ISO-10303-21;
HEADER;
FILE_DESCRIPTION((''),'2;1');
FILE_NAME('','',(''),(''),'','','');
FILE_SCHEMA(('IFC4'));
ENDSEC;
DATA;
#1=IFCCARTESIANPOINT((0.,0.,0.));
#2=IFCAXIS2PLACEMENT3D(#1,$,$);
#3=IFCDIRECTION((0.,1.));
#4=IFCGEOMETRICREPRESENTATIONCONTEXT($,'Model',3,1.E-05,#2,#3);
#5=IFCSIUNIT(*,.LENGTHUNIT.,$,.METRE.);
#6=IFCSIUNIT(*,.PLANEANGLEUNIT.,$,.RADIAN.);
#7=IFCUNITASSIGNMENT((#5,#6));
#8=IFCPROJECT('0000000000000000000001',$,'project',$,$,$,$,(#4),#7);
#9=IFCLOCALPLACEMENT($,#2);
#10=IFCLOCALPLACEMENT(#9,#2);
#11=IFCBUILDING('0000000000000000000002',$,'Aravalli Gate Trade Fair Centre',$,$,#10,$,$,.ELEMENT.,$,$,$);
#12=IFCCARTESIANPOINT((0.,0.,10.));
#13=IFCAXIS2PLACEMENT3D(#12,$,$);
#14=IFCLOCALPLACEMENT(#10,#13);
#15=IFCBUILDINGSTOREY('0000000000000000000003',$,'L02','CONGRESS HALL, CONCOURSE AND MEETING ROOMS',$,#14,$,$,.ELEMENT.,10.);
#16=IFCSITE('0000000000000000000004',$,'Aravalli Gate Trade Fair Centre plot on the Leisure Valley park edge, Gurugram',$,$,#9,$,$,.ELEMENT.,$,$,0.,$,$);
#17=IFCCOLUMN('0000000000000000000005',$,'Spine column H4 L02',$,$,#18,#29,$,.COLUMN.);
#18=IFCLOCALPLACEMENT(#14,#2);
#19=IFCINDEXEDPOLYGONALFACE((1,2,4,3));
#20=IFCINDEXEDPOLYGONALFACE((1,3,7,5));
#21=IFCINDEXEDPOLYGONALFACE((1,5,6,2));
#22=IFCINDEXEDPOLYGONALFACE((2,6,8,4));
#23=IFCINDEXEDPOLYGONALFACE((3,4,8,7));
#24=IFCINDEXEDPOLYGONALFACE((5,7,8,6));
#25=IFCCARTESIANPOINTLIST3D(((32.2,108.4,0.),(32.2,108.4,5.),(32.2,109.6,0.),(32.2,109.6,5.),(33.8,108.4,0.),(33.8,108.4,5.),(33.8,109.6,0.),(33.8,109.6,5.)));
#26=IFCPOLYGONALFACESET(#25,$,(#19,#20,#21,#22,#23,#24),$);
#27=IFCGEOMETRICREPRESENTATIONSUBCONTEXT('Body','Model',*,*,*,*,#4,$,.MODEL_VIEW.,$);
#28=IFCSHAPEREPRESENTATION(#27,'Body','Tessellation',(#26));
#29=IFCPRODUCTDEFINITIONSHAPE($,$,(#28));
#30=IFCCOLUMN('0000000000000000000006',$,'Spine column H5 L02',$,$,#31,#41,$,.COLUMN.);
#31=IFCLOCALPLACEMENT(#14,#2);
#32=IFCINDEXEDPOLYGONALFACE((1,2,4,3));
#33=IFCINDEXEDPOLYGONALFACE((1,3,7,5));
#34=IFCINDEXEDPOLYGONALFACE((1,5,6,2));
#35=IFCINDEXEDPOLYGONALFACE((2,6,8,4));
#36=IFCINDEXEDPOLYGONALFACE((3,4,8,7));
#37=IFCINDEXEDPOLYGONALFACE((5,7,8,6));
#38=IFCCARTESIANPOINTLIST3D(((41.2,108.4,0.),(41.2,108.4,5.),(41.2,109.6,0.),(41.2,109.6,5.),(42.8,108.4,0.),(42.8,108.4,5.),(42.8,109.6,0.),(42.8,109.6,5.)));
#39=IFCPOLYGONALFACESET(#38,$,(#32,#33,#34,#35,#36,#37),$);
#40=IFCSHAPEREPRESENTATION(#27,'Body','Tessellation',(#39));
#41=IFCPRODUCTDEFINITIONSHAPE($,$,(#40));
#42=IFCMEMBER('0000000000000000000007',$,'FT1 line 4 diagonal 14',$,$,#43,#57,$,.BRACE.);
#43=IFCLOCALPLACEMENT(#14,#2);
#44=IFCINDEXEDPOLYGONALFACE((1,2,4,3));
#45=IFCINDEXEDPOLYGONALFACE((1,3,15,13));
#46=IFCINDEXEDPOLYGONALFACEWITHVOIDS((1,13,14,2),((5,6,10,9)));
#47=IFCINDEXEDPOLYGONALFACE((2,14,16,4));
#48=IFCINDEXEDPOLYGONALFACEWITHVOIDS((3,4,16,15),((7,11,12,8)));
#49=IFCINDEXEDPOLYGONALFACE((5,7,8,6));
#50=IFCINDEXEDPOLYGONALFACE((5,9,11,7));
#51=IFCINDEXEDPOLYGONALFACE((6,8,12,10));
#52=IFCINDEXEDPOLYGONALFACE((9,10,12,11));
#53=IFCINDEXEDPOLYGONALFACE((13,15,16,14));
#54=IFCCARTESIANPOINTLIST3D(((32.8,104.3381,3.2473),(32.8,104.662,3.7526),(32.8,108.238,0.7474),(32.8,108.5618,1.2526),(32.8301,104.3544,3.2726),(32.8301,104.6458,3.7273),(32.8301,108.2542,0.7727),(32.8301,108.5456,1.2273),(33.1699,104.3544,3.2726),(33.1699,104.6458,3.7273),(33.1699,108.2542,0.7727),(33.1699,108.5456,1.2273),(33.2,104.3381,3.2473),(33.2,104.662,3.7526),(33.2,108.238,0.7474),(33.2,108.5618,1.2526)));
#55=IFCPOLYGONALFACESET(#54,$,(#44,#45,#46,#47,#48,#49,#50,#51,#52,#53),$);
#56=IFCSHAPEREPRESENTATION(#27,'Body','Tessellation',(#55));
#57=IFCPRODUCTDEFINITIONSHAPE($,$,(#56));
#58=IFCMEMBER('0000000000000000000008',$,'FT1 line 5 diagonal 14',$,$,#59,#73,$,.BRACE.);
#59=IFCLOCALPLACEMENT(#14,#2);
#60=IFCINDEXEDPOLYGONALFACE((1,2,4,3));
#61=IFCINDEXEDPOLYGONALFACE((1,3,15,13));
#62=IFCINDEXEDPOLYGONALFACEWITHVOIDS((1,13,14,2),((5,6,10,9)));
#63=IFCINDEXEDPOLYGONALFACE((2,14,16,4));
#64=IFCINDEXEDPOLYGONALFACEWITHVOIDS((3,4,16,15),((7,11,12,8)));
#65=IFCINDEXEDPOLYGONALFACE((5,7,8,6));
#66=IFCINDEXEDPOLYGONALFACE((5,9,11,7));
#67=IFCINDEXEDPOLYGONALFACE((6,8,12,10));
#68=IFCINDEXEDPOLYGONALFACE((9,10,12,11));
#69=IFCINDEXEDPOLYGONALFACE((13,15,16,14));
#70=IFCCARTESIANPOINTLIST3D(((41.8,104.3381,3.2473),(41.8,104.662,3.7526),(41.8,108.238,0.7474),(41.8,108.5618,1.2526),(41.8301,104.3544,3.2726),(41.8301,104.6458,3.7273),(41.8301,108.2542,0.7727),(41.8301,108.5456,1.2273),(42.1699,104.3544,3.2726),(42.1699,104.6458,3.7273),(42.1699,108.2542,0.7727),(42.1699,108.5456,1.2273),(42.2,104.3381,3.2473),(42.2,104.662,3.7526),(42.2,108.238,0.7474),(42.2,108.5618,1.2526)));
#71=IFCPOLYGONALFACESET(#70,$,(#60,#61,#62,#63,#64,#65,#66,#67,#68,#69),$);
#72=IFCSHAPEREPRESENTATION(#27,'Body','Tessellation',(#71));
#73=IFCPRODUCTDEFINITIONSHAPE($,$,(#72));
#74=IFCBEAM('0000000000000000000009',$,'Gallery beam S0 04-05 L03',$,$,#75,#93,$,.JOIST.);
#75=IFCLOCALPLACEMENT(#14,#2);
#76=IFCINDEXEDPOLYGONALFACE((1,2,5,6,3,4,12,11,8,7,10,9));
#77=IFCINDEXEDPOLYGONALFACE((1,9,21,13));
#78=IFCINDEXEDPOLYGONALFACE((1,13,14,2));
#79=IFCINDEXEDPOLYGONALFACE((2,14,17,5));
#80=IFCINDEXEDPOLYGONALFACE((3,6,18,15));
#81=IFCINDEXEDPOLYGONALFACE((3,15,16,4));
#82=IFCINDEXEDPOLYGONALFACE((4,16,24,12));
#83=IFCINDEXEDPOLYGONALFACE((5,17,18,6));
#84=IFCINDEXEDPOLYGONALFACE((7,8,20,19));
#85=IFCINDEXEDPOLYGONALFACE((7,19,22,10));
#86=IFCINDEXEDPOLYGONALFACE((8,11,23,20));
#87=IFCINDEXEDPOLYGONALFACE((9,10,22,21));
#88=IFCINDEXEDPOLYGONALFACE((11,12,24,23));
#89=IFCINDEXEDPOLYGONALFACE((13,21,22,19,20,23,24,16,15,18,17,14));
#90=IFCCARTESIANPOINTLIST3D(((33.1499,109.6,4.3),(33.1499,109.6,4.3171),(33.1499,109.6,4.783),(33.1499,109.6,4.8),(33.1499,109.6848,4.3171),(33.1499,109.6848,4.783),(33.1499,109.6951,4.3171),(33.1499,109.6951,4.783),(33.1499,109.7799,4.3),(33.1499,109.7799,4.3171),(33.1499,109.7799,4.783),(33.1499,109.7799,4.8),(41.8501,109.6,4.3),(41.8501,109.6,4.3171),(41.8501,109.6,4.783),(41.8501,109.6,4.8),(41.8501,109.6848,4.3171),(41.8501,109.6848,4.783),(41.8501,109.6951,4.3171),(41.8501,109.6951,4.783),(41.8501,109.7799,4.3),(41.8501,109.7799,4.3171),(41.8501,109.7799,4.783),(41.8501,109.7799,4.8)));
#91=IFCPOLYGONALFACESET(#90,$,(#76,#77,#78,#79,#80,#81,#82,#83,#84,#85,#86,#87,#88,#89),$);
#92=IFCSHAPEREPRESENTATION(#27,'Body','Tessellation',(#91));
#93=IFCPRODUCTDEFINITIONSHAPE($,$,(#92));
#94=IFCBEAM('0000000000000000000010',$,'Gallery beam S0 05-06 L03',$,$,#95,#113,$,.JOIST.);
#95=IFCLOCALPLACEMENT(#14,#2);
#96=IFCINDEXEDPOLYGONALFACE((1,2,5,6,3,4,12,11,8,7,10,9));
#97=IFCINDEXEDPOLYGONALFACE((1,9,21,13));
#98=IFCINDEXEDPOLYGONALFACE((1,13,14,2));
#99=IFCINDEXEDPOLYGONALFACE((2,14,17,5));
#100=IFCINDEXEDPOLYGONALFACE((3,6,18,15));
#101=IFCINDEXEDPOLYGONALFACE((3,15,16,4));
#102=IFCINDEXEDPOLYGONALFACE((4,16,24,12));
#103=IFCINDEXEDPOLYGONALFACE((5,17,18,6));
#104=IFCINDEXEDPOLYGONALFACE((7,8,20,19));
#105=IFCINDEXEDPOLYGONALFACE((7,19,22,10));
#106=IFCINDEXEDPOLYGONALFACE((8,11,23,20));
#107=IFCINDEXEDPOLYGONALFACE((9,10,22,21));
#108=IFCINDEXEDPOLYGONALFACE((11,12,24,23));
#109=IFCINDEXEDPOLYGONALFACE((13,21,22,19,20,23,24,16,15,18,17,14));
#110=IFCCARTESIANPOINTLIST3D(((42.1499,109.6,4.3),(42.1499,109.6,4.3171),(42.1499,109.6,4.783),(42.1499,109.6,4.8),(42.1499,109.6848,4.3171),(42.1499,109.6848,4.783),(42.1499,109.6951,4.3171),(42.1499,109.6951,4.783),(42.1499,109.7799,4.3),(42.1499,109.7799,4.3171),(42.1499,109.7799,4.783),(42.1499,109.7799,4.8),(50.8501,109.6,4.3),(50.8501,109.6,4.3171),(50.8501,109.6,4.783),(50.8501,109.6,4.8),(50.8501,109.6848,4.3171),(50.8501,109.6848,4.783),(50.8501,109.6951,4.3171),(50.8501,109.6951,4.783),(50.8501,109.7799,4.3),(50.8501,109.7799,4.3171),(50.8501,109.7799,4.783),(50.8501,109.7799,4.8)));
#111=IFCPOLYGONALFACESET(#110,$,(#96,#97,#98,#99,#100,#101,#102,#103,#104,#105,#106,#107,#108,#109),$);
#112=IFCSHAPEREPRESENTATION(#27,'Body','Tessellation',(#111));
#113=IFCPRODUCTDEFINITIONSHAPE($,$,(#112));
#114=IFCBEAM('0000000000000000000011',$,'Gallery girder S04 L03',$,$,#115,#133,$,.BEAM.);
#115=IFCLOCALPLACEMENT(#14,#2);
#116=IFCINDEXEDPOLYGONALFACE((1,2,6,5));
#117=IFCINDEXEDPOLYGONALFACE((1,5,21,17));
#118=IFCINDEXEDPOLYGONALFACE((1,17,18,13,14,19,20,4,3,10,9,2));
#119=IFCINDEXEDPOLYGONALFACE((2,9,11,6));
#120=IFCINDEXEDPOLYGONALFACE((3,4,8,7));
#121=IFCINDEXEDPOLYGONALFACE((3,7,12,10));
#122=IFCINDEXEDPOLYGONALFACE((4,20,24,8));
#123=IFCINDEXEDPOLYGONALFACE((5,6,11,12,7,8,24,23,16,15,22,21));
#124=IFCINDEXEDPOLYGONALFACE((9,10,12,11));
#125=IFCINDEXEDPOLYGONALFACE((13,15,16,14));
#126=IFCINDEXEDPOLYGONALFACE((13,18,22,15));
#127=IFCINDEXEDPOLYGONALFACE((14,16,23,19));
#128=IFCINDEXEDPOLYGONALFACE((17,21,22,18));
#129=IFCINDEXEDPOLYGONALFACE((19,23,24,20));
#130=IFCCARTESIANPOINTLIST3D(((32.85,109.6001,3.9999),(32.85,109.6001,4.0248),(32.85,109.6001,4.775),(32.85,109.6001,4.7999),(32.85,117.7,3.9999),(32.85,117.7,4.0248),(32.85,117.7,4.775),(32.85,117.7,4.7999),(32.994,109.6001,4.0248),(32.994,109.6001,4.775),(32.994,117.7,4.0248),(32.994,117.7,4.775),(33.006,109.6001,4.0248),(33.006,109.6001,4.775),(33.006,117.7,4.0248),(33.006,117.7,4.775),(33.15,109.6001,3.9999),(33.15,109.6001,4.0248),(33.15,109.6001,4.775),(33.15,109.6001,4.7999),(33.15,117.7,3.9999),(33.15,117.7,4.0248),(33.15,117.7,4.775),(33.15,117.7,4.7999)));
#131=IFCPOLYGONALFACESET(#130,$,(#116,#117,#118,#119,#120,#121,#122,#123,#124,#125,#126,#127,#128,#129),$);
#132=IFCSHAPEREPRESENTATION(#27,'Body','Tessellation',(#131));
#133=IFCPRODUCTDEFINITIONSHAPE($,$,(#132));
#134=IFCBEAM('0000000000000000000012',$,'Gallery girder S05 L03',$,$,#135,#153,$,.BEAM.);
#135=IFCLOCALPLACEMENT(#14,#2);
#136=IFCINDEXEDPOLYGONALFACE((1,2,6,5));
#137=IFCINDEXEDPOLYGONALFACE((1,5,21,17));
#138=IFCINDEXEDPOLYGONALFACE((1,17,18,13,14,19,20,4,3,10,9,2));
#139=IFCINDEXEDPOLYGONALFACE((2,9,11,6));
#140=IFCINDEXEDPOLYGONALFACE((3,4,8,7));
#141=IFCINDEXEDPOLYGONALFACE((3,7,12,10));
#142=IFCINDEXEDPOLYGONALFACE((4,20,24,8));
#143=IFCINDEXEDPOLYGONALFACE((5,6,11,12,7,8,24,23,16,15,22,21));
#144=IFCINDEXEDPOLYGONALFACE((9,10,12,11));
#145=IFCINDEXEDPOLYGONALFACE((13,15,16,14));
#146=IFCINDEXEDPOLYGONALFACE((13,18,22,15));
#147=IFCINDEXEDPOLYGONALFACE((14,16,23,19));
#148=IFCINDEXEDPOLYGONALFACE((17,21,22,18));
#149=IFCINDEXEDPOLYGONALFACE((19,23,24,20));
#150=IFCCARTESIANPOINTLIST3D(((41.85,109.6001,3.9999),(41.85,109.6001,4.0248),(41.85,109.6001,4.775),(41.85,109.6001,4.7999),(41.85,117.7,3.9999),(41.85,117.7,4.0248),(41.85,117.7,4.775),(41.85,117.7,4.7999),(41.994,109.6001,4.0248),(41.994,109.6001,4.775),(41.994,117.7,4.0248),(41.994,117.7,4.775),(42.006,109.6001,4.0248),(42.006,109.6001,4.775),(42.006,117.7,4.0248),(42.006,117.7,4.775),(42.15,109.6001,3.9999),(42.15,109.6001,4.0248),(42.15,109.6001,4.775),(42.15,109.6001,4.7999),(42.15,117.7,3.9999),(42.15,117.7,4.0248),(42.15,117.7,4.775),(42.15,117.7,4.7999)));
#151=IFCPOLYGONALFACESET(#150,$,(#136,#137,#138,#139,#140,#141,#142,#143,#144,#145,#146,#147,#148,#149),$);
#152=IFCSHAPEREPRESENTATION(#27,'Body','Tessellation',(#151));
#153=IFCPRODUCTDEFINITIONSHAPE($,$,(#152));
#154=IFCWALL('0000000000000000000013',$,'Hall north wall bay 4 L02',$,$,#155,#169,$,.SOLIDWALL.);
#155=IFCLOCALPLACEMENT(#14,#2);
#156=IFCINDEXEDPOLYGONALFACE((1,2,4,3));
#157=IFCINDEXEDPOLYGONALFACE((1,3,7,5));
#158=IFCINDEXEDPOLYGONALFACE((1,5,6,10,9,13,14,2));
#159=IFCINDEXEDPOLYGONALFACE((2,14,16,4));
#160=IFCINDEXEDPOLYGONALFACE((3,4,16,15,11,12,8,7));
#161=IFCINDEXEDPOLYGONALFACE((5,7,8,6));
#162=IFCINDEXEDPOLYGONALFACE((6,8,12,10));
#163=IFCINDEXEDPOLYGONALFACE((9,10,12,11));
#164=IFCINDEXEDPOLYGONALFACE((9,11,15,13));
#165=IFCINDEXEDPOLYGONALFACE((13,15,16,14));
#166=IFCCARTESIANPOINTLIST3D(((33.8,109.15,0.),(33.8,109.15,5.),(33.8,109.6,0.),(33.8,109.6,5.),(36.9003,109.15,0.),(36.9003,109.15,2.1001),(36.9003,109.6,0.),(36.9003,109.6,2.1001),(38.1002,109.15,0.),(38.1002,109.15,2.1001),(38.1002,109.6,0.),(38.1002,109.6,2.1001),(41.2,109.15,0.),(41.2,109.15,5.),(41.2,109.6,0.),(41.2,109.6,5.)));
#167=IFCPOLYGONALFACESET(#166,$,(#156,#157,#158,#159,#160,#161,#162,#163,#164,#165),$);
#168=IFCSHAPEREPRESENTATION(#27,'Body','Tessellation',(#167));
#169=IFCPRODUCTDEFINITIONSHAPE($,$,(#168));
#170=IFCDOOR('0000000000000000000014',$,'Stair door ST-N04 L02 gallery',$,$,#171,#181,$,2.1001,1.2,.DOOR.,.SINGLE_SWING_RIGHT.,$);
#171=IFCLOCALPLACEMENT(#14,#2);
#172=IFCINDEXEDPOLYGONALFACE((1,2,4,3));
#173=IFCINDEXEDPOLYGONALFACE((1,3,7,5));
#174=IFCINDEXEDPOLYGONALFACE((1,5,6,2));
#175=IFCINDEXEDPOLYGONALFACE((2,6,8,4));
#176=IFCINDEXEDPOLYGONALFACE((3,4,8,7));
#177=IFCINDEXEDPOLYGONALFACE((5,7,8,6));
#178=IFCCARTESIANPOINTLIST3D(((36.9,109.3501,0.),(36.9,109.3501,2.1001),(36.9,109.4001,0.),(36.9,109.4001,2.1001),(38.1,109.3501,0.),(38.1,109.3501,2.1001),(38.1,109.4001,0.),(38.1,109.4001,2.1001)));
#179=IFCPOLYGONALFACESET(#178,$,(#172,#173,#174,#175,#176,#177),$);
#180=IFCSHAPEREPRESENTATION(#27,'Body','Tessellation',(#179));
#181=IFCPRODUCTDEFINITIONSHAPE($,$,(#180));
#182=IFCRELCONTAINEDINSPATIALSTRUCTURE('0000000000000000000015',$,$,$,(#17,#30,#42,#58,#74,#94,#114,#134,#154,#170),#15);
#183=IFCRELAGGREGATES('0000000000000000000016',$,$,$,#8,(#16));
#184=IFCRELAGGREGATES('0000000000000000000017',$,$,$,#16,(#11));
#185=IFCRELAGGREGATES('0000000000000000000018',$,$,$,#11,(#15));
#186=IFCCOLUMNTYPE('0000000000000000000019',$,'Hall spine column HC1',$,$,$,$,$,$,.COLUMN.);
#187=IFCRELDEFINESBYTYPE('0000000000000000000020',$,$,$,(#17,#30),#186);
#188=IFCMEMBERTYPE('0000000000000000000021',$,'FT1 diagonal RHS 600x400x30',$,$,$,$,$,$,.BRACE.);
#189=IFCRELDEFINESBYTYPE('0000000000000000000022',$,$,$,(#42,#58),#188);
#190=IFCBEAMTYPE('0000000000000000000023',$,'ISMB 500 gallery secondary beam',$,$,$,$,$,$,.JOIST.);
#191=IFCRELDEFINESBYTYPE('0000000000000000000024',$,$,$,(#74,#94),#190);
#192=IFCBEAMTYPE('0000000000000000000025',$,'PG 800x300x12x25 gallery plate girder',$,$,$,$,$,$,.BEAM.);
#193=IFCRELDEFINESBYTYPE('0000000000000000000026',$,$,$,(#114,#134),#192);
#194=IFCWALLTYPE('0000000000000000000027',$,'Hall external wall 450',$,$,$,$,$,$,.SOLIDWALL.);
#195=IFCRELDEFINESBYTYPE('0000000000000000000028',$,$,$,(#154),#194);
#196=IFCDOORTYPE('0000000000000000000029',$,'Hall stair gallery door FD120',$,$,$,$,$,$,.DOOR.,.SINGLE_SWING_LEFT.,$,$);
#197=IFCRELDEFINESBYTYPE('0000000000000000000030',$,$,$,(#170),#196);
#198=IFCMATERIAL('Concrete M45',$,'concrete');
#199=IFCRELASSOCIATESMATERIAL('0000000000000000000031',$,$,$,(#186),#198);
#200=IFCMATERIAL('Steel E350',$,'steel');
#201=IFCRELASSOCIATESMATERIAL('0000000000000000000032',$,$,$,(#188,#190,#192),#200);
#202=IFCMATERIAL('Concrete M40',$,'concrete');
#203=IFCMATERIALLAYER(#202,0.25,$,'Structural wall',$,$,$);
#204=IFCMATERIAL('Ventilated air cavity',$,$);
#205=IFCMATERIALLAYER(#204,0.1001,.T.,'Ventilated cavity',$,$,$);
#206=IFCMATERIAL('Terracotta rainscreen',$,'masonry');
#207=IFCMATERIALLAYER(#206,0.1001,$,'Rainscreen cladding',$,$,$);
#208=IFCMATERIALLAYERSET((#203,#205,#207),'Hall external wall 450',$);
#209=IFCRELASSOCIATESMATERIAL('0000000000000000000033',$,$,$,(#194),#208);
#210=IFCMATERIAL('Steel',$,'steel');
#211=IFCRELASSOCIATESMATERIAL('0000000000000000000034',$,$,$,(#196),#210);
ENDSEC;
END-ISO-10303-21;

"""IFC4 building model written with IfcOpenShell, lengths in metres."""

from ifc_helpers import new_model, si_unit, direction, frame, frame_2d, origin, origin_2d, place, context, subcontext, project, spatial, rectangle, hollow_rectangle, i_section, extrude, material, layer, layer_set, material_profile, profile_set, type_object, element, fill, save


model = new_model("IFC4")

# Units and contexts
model_context = context("Model", 3, precision=1e-05, world=origin(), true_north=direction((0.0, 1.0)))
body_context = subcontext(model_context, "Body", "Model", "MODEL_VIEW")
ifc_project = project(units=[si_unit("LENGTHUNIT", "METRE"), si_unit("PLANEANGLEUNIT", "RADIAN")], contexts=[model_context])

# Site, building, storey
site_placement = place(None, origin())
site = spatial("IfcSite", under=ifc_project, at=site_placement, Name="Aravalli Gate Trade Fair Centre plot on the Leisure Valley park edge, Gurugram", CompositionType="ELEMENT", RefElevation=0.0)
building_placement = place(site_placement, origin())
building = spatial("IfcBuilding", under=site, at=building_placement, Name="Aravalli Gate Trade Fair Centre", CompositionType="ELEMENT")
storey_placement = place(building_placement, frame((0.0, 0.0, 10.0)))
storey = spatial("IfcBuildingStorey", under=building, at=storey_placement, Name="L02", Description="CONGRESS HALL, CONCOURSE AND MEETING ROOMS", CompositionType="ELEMENT", Elevation=10.0)

# Columns
ifc_material_1 = material(Name="Concrete M45", Category="concrete")
ifc_material_profile_1 = material_profile(ifc_material_1, rectangle(XDim=1.6001, YDim=1.2, at=origin_2d()), Name="RC 1600x1200")
ifc_profile_set_1 = profile_set([ifc_material_profile_1], Name="Concrete M45")
column_type = type_object("IfcColumnType", Name="Hall spine column HC1", PredefinedType="COLUMN", material=ifc_profile_set_1)
for number, where, z_axis, x_axis, name in (
    (1, (33.0, 109.0, 0.0), (0.0, 0.0, 1.0), (1.0, 0.0, 0.0), "Spine column H4 L02"),
    (2, (42.0, 109.0, 0.0), (0.0, 0.0, 1.0), (1.0, 0.0, 0.0), "Spine column H5 L02"),
):
    element("IfcColumn", number, at=place(storey_placement, frame(where, z_axis=z_axis, x_axis=x_axis)), inside=storey, type_object=column_type, Name=name, PredefinedType="COLUMN", context=body_context, shape_type="SweptSolid", body=[
        extrude(rectangle(XDim=1.6001, YDim=1.2, at=origin_2d()), origin(), (0.0, 0.0, 1.0), 5.0),
    ])

# Members
ifc_material_2 = material(Name="Steel E350", Category="steel")
ifc_material_profile_2 = material_profile(ifc_material_2, hollow_rectangle(XDim=0.3999, YDim=0.6001, WallThickness=0.03, at=origin_2d()), Name="RHS 600x400x30")
ifc_profile_set_2 = profile_set([ifc_material_profile_2], Name="Steel E350")
member_type = type_object("IfcMemberType", Name="FT1 diagonal RHS 600x400x30", PredefinedType="BRACE", material=ifc_profile_set_2)
for number, where, z_axis, x_axis, name in (
    (3, (33.0, 108.3999, 1.0), (0.0, -0.841873, 0.539676), (1.0, 0.0, 0.0), "FT1 line 4 diagonal 14"),
    (4, (42.0, 108.3999, 1.0), (0.0, -0.841873, 0.539676), (1.0, 0.0, 0.0), "FT1 line 5 diagonal 14"),
):
    element("IfcMember", number, at=place(storey_placement, frame(where, z_axis=z_axis, x_axis=x_axis)), inside=storey, type_object=member_type, Name=name, PredefinedType="BRACE", context=body_context, shape_type="SweptSolid", body=[
        extrude(hollow_rectangle(XDim=0.3999, YDim=0.6001, WallThickness=0.03, at=origin_2d()), origin(), (0.0, 0.0, 1.0), 4.6323),
    ])

# Beams
ifc_material_profile_3 = material_profile(ifc_material_2, i_section(OverallWidth=0.1799, OverallDepth=0.5, WebThickness=0.0103, FlangeThickness=0.0171, at=origin_2d()), Name="ISMB 500")
ifc_profile_set_3 = profile_set([ifc_material_profile_3], Name="Steel E350")
beam_type_1 = type_object("IfcBeamType", Name="ISMB 500 gallery secondary beam", PredefinedType="JOIST", material=ifc_profile_set_3)
for number, where, z_axis, x_axis, name in (
    (5, (33.1499, 109.6899, 4.55), (1.0, 0.0, 0.0), (0.0, 1.0, 0.0), "Gallery beam S0 04-05 L03"),
    (6, (42.1499, 109.6899, 4.55), (1.0, 0.0, 0.0), (0.0, 1.0, 0.0), "Gallery beam S0 05-06 L03"),
):
    element("IfcBeam", number, at=place(storey_placement, frame(where, z_axis=z_axis, x_axis=x_axis)), inside=storey, type_object=beam_type_1, Name=name, PredefinedType="JOIST", context=body_context, shape_type="SweptSolid", body=[
        extrude(i_section(OverallWidth=0.1799, OverallDepth=0.5, WebThickness=0.0103, FlangeThickness=0.0171, at=origin_2d()), origin(), (0.0, 0.0, 1.0), 8.7002),
    ])
ifc_material_profile_4 = material_profile(ifc_material_2, i_section(OverallWidth=0.3, OverallDepth=0.8, WebThickness=0.012, FlangeThickness=0.0249, at=origin_2d()), Name="PG 800x300x12x25")
ifc_profile_set_4 = profile_set([ifc_material_profile_4], Name="Steel E350")
beam_type_2 = type_object("IfcBeamType", Name="PG 800x300x12x25 gallery plate girder", PredefinedType="BEAM", material=ifc_profile_set_4)
for number, where, z_axis, x_axis, name in (
    (7, (33.0, 109.6001, 4.3999), (0.0, 1.0, 0.0), (-1.0, 0.0, 0.0), "Gallery girder S04 L03"),
    (8, (42.0, 109.6001, 4.3999), (0.0, 1.0, 0.0), (-1.0, 0.0, 0.0), "Gallery girder S05 L03"),
):
    element("IfcBeam", number, at=place(storey_placement, frame(where, z_axis=z_axis, x_axis=x_axis)), inside=storey, type_object=beam_type_2, Name=name, PredefinedType="BEAM", context=body_context, shape_type="SweptSolid", body=[
        extrude(i_section(OverallWidth=0.3, OverallDepth=0.8, WebThickness=0.012, FlangeThickness=0.0249, at=origin_2d()), origin(), (0.0, 0.0, 1.0), 8.0999),
    ])

# Wall, opening, door
ifc_material_3 = material(Name="Concrete M40", Category="concrete")
ifc_layer_1 = layer(ifc_material_3, 0.25, Name="Structural wall")
ifc_material_4 = material(Name="Ventilated air cavity")
ifc_layer_2 = layer(ifc_material_4, 0.1001, ventilated=True, Name="Ventilated cavity")
ifc_material_5 = material(Name="Terracotta rainscreen", Category="masonry")
ifc_layer_3 = layer(ifc_material_5, 0.1001, Name="Rainscreen cladding")
ifc_layer_set_1 = layer_set([ifc_layer_1, ifc_layer_2, ifc_layer_3], Name="Hall external wall 450")
wall_type_1 = type_object("IfcWallType", Name="Hall external wall 450", PredefinedType="SOLIDWALL", material=ifc_layer_set_1)
wall_1_placement = place(storey_placement, frame((33.8, 109.375, 0.0), z_axis=(0.0, 0.0, 1.0), x_axis=(1.0, 0.0, 0.0)))
wall_1 = element("IfcWall", 9, at=wall_1_placement, inside=storey, type_object=wall_type_1, Name="Hall north wall bay 4 L02", PredefinedType="SOLIDWALL", context=body_context, shape_type="SweptSolid", body=[
    extrude(rectangle(XDim=7.3999, YDim=0.45, at=frame_2d((3.7, 0.0))), origin(), (0.0, 0.0, 1.0), 5.0),
])
opening_1_placement = place(wall_1_placement, frame((3.1001, 0.0, 0.0)))
opening_1 = element("IfcOpeningElement", 10, at=opening_1_placement, cuts=wall_1, PredefinedType="OPENING", context=body_context, shape_type="SweptSolid", body=[
    extrude(rectangle(XDim=1.2, YDim=2.1001, at=frame_2d((0.6001, 1.05))), frame((0.0, 0.2349, 0.0), z_axis=(0.0, -1.0, 0.0), x_axis=(1.0, 0.0, 0.0)), (0.0, 0.0, 1.0), 0.47),
])
ifc_material_6 = material(Name="Steel", Category="steel")
door_type_1 = type_object("IfcDoorType", Name="Hall stair gallery door FD120", OperationType="SINGLE_SWING_LEFT", PredefinedType="DOOR", material=ifc_material_6)
door_1_placement = place(opening_1_placement, frame((1.2, 0.0, 0.0), z_axis=(0.0, 0.0, 1.0), x_axis=(-1.0, 0.0, 0.0)))
door_1 = element("IfcDoor", 11, at=door_1_placement, inside=storey, type_object=door_type_1, Name="Stair door ST-N04 L02 gallery", OperationType="SINGLE_SWING_RIGHT", OverallHeight=2.1001, OverallWidth=1.2, PredefinedType="DOOR", context=body_context, shape_type="SweptSolid", body=[
    extrude(rectangle(XDim=1.2, YDim=2.1001, at=frame_2d((0.6001, 1.05))), frame((0.0, 0.0249, 0.0), z_axis=(0.0, -1.0, 0.0), x_axis=(1.0, 0.0, 0.0)), (0.0, 0.0, 1.0), 0.05),
])
fill(opening_1, door_1)

save(model, "model.ifc")
